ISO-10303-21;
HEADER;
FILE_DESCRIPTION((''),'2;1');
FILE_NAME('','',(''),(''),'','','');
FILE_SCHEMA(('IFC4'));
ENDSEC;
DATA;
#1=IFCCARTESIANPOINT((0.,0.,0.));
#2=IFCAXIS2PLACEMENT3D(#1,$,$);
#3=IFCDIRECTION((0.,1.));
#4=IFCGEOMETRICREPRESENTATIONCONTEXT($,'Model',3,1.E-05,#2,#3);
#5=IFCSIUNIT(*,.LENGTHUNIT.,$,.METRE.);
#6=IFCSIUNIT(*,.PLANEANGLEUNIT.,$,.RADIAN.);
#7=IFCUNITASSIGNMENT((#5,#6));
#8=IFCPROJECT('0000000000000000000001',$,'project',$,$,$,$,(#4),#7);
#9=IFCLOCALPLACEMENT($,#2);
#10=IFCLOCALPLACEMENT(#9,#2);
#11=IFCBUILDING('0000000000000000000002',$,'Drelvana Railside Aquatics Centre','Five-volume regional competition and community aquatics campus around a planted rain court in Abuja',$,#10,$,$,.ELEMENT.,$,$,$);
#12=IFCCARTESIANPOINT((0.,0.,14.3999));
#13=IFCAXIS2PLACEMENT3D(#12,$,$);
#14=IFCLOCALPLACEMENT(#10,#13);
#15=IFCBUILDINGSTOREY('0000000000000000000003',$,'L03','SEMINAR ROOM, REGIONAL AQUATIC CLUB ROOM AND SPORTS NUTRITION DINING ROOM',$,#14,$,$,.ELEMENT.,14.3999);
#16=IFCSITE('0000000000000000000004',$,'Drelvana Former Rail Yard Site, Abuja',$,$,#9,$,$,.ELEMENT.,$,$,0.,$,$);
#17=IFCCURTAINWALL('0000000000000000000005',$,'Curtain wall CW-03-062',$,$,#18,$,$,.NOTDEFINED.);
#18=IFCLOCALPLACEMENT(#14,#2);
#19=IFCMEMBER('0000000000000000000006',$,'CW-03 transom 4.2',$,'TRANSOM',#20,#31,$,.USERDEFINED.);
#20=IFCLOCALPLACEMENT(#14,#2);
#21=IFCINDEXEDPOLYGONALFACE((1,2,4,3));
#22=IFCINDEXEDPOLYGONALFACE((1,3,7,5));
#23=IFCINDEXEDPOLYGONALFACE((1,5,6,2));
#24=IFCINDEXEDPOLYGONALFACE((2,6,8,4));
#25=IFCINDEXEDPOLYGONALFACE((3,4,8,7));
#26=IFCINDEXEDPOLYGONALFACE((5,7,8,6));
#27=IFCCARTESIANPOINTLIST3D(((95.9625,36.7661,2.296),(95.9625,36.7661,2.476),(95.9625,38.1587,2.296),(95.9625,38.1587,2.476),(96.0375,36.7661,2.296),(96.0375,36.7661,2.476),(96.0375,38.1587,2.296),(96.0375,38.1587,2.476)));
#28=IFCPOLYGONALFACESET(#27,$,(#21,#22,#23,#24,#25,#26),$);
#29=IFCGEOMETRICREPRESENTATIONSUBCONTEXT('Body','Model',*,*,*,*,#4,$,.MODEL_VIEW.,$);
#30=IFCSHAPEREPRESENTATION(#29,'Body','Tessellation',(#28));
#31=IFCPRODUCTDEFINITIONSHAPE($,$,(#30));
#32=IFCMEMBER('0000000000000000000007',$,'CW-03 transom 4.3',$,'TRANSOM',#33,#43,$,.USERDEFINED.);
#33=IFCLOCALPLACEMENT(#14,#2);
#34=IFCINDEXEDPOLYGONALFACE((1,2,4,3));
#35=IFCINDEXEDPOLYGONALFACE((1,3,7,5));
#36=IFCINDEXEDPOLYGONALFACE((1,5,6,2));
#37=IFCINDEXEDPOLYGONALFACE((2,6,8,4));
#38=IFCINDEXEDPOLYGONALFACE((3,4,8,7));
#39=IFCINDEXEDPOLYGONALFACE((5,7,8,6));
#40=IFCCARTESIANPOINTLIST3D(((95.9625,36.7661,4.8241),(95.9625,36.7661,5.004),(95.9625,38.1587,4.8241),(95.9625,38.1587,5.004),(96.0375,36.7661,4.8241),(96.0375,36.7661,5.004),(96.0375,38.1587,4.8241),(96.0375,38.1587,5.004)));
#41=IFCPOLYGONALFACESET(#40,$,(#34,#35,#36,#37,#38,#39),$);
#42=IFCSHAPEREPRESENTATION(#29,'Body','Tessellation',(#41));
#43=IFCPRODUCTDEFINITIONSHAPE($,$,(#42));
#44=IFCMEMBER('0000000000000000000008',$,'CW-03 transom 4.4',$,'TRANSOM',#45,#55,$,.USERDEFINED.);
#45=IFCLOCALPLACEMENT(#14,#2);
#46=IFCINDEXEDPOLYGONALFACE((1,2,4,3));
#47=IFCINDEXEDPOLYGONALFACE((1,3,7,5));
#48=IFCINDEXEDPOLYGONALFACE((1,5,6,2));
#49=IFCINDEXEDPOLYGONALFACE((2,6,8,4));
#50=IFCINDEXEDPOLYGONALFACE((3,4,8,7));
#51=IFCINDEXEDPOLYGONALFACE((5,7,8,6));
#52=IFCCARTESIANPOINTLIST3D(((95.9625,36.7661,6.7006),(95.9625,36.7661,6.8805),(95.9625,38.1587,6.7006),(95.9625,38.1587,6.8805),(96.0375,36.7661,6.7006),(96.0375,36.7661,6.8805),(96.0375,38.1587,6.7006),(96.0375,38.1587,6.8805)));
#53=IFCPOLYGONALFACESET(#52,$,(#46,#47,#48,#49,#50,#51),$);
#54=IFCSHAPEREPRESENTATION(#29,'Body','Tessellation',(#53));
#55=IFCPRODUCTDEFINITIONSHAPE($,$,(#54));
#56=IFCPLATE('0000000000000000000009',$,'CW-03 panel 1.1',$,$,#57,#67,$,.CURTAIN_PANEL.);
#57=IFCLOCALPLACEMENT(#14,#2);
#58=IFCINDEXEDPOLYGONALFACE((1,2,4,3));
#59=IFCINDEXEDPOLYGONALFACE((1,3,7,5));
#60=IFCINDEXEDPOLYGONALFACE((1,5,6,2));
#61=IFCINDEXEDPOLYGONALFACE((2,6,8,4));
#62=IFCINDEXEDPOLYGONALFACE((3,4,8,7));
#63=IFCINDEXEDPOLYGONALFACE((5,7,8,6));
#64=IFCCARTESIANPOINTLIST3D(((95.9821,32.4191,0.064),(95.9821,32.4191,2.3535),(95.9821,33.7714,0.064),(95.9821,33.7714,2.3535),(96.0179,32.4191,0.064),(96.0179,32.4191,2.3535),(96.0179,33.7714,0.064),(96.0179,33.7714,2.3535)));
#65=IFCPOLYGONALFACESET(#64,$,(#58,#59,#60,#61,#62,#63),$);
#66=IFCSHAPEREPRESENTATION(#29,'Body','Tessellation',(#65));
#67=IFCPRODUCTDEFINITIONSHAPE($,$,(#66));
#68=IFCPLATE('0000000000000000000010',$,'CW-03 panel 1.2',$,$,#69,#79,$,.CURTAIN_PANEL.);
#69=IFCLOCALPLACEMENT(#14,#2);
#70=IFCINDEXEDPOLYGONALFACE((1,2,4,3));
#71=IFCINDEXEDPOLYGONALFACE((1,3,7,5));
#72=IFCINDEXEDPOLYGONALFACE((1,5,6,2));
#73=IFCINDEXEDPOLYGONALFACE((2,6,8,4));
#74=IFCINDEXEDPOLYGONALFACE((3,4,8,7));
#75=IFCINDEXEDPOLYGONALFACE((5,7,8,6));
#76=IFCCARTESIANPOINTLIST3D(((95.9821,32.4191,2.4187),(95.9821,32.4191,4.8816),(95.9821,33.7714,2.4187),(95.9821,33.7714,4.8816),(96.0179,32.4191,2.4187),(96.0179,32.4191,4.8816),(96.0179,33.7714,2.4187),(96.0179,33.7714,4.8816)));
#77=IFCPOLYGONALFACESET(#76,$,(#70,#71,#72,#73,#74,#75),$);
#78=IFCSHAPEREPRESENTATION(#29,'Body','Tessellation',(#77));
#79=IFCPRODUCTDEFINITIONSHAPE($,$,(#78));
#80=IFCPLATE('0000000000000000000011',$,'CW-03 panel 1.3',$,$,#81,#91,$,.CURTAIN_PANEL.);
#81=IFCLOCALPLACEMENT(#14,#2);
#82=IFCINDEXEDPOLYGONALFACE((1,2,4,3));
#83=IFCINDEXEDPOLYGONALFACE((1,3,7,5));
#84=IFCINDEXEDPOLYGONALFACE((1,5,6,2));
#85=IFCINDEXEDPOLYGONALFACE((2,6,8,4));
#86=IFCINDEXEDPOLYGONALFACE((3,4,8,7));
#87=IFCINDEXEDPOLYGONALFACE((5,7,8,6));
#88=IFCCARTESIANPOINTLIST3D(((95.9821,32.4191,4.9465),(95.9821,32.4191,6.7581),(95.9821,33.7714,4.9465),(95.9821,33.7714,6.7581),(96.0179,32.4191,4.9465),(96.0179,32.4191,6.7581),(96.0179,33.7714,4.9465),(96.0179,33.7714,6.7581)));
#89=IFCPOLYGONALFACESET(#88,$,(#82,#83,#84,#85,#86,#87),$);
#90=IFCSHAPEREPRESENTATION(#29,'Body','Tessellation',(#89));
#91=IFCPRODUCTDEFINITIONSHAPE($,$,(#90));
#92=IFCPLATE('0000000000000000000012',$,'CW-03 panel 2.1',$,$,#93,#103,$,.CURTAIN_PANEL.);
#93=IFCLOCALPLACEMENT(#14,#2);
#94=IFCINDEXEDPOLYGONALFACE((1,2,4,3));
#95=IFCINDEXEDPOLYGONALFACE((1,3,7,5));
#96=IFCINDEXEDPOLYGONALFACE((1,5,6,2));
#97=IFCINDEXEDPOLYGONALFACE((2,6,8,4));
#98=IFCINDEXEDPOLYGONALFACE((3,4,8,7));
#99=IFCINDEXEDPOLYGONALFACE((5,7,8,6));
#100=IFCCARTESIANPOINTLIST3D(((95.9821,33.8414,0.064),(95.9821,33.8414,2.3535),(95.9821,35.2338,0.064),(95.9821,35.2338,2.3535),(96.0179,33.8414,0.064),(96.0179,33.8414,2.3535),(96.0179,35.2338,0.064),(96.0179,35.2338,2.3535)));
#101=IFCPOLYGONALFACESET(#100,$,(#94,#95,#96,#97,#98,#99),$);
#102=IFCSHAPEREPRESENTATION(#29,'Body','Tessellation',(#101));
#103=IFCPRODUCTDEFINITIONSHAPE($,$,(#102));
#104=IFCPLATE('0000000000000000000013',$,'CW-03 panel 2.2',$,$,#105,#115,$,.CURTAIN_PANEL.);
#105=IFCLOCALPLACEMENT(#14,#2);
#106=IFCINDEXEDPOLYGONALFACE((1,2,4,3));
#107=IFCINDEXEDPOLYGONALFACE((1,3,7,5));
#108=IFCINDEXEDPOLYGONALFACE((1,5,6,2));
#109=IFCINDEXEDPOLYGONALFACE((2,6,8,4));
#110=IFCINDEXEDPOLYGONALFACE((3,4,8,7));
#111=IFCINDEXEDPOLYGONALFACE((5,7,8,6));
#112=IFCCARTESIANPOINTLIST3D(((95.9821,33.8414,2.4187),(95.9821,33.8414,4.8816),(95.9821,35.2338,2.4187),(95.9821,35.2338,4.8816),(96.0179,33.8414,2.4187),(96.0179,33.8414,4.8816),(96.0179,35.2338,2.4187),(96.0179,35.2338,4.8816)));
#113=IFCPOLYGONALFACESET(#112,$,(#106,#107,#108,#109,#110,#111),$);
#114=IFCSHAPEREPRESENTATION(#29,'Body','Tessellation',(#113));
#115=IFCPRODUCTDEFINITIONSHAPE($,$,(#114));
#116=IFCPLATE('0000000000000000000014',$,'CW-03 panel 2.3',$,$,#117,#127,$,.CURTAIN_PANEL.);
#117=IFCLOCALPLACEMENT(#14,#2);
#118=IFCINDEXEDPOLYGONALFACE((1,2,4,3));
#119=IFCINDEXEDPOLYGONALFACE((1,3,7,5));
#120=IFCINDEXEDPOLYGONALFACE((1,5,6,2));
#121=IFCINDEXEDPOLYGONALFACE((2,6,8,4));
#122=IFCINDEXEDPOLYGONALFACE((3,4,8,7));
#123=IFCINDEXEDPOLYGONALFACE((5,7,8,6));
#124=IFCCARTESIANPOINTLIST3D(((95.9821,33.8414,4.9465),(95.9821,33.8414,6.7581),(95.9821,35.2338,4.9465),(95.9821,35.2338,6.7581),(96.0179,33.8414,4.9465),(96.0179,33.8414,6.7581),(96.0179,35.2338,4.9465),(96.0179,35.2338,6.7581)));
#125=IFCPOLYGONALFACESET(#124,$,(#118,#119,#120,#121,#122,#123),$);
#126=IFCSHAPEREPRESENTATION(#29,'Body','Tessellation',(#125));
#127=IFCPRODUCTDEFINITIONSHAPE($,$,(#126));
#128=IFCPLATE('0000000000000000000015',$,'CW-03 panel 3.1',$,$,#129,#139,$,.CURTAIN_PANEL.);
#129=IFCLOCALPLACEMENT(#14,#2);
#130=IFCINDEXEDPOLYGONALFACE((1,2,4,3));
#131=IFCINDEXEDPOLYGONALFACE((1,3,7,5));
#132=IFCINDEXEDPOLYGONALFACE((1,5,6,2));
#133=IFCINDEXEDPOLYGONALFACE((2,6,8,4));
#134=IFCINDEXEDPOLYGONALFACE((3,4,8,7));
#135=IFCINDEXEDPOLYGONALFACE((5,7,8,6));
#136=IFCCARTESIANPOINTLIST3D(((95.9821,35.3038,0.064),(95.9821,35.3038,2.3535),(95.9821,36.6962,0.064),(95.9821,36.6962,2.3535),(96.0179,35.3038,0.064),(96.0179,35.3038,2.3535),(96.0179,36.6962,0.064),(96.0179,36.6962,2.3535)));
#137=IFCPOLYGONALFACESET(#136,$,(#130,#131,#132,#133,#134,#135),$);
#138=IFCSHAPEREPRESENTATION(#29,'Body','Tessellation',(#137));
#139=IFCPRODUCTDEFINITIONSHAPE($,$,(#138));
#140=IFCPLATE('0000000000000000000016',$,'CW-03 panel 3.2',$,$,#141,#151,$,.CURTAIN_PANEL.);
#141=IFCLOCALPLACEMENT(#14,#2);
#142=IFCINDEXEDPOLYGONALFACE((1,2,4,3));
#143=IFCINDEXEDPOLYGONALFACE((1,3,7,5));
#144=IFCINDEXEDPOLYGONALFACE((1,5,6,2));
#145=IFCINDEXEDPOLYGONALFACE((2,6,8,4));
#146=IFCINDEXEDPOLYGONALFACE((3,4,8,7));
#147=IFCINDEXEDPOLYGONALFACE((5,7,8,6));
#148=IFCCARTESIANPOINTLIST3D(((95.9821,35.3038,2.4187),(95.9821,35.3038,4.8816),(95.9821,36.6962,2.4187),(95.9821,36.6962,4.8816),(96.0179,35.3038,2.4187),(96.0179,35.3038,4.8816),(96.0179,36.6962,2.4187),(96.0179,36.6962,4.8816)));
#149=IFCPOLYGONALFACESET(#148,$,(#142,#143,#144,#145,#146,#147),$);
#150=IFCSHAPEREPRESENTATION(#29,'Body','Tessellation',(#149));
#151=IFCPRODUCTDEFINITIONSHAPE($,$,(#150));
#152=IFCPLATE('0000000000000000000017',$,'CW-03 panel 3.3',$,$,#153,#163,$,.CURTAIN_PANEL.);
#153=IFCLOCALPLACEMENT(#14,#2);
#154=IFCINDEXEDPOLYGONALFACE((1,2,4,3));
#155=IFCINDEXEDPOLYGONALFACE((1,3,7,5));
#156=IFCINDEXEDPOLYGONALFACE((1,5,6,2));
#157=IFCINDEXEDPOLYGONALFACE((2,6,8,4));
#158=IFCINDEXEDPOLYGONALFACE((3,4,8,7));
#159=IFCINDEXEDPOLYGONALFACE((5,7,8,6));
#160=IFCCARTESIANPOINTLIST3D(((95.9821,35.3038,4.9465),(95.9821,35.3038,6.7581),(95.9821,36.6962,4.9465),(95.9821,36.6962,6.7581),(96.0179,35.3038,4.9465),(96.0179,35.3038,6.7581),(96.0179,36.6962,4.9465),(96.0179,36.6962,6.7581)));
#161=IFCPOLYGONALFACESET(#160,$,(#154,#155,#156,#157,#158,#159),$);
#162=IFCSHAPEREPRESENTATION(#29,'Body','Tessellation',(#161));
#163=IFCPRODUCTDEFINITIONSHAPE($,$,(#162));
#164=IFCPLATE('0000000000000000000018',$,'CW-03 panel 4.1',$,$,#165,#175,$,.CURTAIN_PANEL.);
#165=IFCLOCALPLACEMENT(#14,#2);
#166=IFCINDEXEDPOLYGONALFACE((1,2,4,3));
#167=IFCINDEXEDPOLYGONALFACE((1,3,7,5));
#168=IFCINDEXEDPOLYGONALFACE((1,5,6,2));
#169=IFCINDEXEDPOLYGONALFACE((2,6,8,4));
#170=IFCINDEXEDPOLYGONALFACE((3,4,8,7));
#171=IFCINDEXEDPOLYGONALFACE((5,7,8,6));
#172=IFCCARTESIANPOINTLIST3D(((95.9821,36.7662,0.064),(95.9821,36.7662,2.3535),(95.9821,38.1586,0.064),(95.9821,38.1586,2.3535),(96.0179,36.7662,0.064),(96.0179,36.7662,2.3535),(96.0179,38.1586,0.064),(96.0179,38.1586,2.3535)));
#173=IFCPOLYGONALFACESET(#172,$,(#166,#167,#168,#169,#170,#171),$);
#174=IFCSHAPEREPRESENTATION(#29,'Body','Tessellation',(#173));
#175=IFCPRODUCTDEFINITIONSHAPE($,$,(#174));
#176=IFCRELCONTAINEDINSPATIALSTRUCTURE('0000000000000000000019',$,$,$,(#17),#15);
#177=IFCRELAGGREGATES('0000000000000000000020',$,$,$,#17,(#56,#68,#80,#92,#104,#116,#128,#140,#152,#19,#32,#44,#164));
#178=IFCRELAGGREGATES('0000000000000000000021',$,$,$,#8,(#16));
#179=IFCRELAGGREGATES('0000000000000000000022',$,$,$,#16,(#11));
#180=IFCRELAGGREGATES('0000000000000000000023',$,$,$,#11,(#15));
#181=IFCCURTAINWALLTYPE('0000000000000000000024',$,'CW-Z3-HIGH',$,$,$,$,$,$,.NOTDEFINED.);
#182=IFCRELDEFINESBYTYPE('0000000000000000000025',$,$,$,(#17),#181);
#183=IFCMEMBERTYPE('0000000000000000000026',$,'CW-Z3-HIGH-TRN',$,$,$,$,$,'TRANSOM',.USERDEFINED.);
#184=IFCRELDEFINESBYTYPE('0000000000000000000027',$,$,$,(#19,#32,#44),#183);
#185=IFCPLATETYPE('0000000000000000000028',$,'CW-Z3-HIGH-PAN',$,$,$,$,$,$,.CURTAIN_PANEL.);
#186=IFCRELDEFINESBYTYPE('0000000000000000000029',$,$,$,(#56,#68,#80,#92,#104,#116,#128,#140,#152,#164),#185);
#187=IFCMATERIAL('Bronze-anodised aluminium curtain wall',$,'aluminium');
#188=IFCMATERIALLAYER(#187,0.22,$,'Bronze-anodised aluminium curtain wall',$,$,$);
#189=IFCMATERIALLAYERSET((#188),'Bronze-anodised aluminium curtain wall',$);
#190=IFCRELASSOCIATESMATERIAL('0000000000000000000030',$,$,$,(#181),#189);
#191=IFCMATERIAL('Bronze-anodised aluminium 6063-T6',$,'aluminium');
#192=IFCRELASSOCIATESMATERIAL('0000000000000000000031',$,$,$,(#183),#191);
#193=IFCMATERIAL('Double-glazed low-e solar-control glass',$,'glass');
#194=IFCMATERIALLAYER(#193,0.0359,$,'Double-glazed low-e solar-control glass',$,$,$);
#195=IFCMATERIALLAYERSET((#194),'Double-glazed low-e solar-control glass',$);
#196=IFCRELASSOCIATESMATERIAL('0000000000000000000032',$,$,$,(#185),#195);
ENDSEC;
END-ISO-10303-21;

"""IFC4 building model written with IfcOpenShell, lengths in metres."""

from ifc_helpers import new_model, si_unit, direction, frame, origin, origin_2d, place, context, subcontext, project, spatial, rectangle, extrude, material, layer, layer_set, material_profile, profile_set, type_object, element, aggregate, save


model = new_model("IFC4")

# Units and contexts
model_context = context("Model", 3, precision=1e-05, world=origin(), true_north=direction((0.0, 1.0)))
body_context = subcontext(model_context, "Body", "Model", "MODEL_VIEW")
ifc_project = project(units=[si_unit("LENGTHUNIT", "METRE"), si_unit("PLANEANGLEUNIT", "RADIAN")], contexts=[model_context])

# Site, building, storey
site_placement = place(None, origin())
site = spatial("IfcSite", under=ifc_project, at=site_placement, Name="Drelvana Former Rail Yard Site, Abuja", CompositionType="ELEMENT", RefElevation=0.0)
building_placement = place(site_placement, origin())
building = spatial("IfcBuilding", under=site, at=building_placement, Name="Drelvana Railside Aquatics Centre", Description="Five-volume regional competition and community aquatics campus around a planted rain court in Abuja", CompositionType="ELEMENT")
storey_placement = place(building_placement, frame((0.0, 0.0, 14.3999)))
storey = spatial("IfcBuildingStorey", under=building, at=storey_placement, Name="L03", Description="SEMINAR ROOM, REGIONAL AQUATIC CLUB ROOM AND SPORTS NUTRITION DINING ROOM", CompositionType="ELEMENT", Elevation=14.3999)

# Curtain wall, members, plates
ifc_material_1 = material(Name="Bronze-anodised aluminium curtain wall", Category="aluminium")
ifc_layer_1 = layer(ifc_material_1, 0.22, Name="Bronze-anodised aluminium curtain wall")
ifc_layer_set_1 = layer_set([ifc_layer_1], Name="Bronze-anodised aluminium curtain wall")
curtain_wall_type = type_object("IfcCurtainWallType", Name="CW-Z3-HIGH", PredefinedType="NOTDEFINED", material=ifc_layer_set_1)
curtain_wall_placement = place(storey_placement, origin())
curtain_wall = element("IfcCurtainWall", 1, at=curtain_wall_placement, inside=storey, type_object=curtain_wall_type, Name="Curtain wall CW-03-062", PredefinedType="NOTDEFINED")
ifc_material_2 = material(Name="Bronze-anodised aluminium 6063-T6", Category="aluminium")
ifc_material_profile_1 = material_profile(ifc_material_2, rectangle(XDim=0.1799, YDim=0.075, at=origin_2d()), Name="ALU-T 75x180")
ifc_profile_set_1 = profile_set([ifc_material_profile_1], Name="Bronze-anodised aluminium 6063-T6")
member_type_1 = type_object("IfcMemberType", Name="CW-Z3-HIGH-TRN", ElementType="TRANSOM", PredefinedType="USERDEFINED", material=ifc_profile_set_1)
member_1_placement = place(storey_placement, frame((96.0, 36.7661, 2.386), z_axis=(0.0, 1.0, 0.0), x_axis=(0.0, 0.0, 1.0)))
member_1 = element("IfcMember", 2, at=member_1_placement, type_object=member_type_1, Name="CW-03 transom 4.2", ObjectType="TRANSOM", PredefinedType="USERDEFINED", context=body_context, shape_type="SweptSolid", body=[
    extrude(rectangle(XDim=0.1799, YDim=0.075, at=origin_2d()), origin(), (0.0, 0.0, 1.0), 1.3926),
])
member_2_placement = place(storey_placement, frame((96.0, 36.7661, 4.9141), z_axis=(0.0, 1.0, 0.0), x_axis=(0.0, 0.0, 1.0)))
member_2 = element("IfcMember", 3, at=member_2_placement, type_object=member_type_1, Name="CW-03 transom 4.3", ObjectType="TRANSOM", PredefinedType="USERDEFINED", context=body_context, shape_type="SweptSolid", body=[
    extrude(rectangle(XDim=0.1799, YDim=0.075, at=origin_2d()), origin(), (0.0, 0.0, 1.0), 1.3926),
])
member_3_placement = place(storey_placement, frame((96.0, 36.7661, 6.7905), z_axis=(0.0, 1.0, 0.0), x_axis=(0.0, 0.0, 1.0)))
member_3 = element("IfcMember", 4, at=member_3_placement, type_object=member_type_1, Name="CW-03 transom 4.4", ObjectType="TRANSOM", PredefinedType="USERDEFINED", context=body_context, shape_type="SweptSolid", body=[
    extrude(rectangle(XDim=0.1799, YDim=0.075, at=origin_2d()), origin(), (0.0, 0.0, 1.0), 1.3926),
])
ifc_material_3 = material(Name="Double-glazed low-e solar-control glass", Category="glass")
ifc_layer_2 = layer(ifc_material_3, 0.0359, Name="Double-glazed low-e solar-control glass")
ifc_layer_set_2 = layer_set([ifc_layer_2], Name="Double-glazed low-e solar-control glass")
plate_type = type_object("IfcPlateType", Name="CW-Z3-HIGH-PAN", PredefinedType="CURTAIN_PANEL", material=ifc_layer_set_2)
plate_1_placement = place(storey_placement, frame((96.0, 33.0952, 0.064), z_axis=(0.0, 0.0, 1.0), x_axis=(0.0, 1.0, 0.0)))
plate_1 = element("IfcPlate", 5, at=plate_1_placement, type_object=plate_type, Name="CW-03 panel 1.1", PredefinedType="CURTAIN_PANEL", context=body_context, shape_type="SweptSolid", body=[
    extrude(rectangle(XDim=1.3523, YDim=0.0359, at=origin_2d()), origin(), (0.0, 0.0, 1.0), 2.2896),
])
plate_2_placement = place(storey_placement, frame((96.0, 33.0952, 2.4187), z_axis=(0.0, 0.0, 1.0), x_axis=(0.0, 1.0, 0.0)))
plate_2 = element("IfcPlate", 6, at=plate_2_placement, type_object=plate_type, Name="CW-03 panel 1.2", PredefinedType="CURTAIN_PANEL", context=body_context, shape_type="SweptSolid", body=[
    extrude(rectangle(XDim=1.3523, YDim=0.0359, at=origin_2d()), origin(), (0.0, 0.0, 1.0), 2.4629),
])
plate_3_placement = place(storey_placement, frame((96.0, 33.0952, 4.9465), z_axis=(0.0, 0.0, 1.0), x_axis=(0.0, 1.0, 0.0)))
plate_3 = element("IfcPlate", 7, at=plate_3_placement, type_object=plate_type, Name="CW-03 panel 1.3", PredefinedType="CURTAIN_PANEL", context=body_context, shape_type="SweptSolid", body=[
    extrude(rectangle(XDim=1.3523, YDim=0.0359, at=origin_2d()), origin(), (0.0, 0.0, 1.0), 1.8115),
])
plate_4_placement = place(storey_placement, frame((96.0, 34.5376, 0.064), z_axis=(0.0, 0.0, 1.0), x_axis=(0.0, 1.0, 0.0)))
plate_4 = element("IfcPlate", 8, at=plate_4_placement, type_object=plate_type, Name="CW-03 panel 2.1", PredefinedType="CURTAIN_PANEL", context=body_context, shape_type="SweptSolid", body=[
    extrude(rectangle(XDim=1.3923, YDim=0.0359, at=origin_2d()), origin(), (0.0, 0.0, 1.0), 2.2896),
])
plate_5_placement = place(storey_placement, frame((96.0, 34.5376, 2.4187), z_axis=(0.0, 0.0, 1.0), x_axis=(0.0, 1.0, 0.0)))
plate_5 = element("IfcPlate", 9, at=plate_5_placement, type_object=plate_type, Name="CW-03 panel 2.2", PredefinedType="CURTAIN_PANEL", context=body_context, shape_type="SweptSolid", body=[
    extrude(rectangle(XDim=1.3923, YDim=0.0359, at=origin_2d()), origin(), (0.0, 0.0, 1.0), 2.4629),
])
plate_6_placement = place(storey_placement, frame((96.0, 34.5376, 4.9465), z_axis=(0.0, 0.0, 1.0), x_axis=(0.0, 1.0, 0.0)))
plate_6 = element("IfcPlate", 10, at=plate_6_placement, type_object=plate_type, Name="CW-03 panel 2.3", PredefinedType="CURTAIN_PANEL", context=body_context, shape_type="SweptSolid", body=[
    extrude(rectangle(XDim=1.3923, YDim=0.0359, at=origin_2d()), origin(), (0.0, 0.0, 1.0), 1.8115),
])
plate_7_placement = place(storey_placement, frame((96.0, 36.0, 0.064), z_axis=(0.0, 0.0, 1.0), x_axis=(0.0, 1.0, 0.0)))
plate_7 = element("IfcPlate", 11, at=plate_7_placement, type_object=plate_type, Name="CW-03 panel 3.1", PredefinedType="CURTAIN_PANEL", context=body_context, shape_type="SweptSolid", body=[
    extrude(rectangle(XDim=1.3923, YDim=0.0359, at=origin_2d()), origin(), (0.0, 0.0, 1.0), 2.2896),
])
plate_8_placement = place(storey_placement, frame((96.0, 36.0, 2.4187), z_axis=(0.0, 0.0, 1.0), x_axis=(0.0, 1.0, 0.0)))
plate_8 = element("IfcPlate", 12, at=plate_8_placement, type_object=plate_type, Name="CW-03 panel 3.2", PredefinedType="CURTAIN_PANEL", context=body_context, shape_type="SweptSolid", body=[
    extrude(rectangle(XDim=1.3923, YDim=0.0359, at=origin_2d()), origin(), (0.0, 0.0, 1.0), 2.4629),
])
plate_9_placement = place(storey_placement, frame((96.0, 36.0, 4.9465), z_axis=(0.0, 0.0, 1.0), x_axis=(0.0, 1.0, 0.0)))
plate_9 = element("IfcPlate", 13, at=plate_9_placement, type_object=plate_type, Name="CW-03 panel 3.3", PredefinedType="CURTAIN_PANEL", context=body_context, shape_type="SweptSolid", body=[
    extrude(rectangle(XDim=1.3923, YDim=0.0359, at=origin_2d()), origin(), (0.0, 0.0, 1.0), 1.8115),
])
plate_10_placement = place(storey_placement, frame((96.0, 37.4624, 0.064), z_axis=(0.0, 0.0, 1.0), x_axis=(0.0, 1.0, 0.0)))
plate_10 = element("IfcPlate", 14, at=plate_10_placement, type_object=plate_type, Name="CW-03 panel 4.1", PredefinedType="CURTAIN_PANEL", context=body_context, shape_type="SweptSolid", body=[
    extrude(rectangle(XDim=1.3923, YDim=0.0359, at=origin_2d()), origin(), (0.0, 0.0, 1.0), 2.2896),
])
aggregate(curtain_wall, [plate_1, plate_2, plate_3, plate_4, plate_5, plate_6, plate_7, plate_8, plate_9, member_1, member_2, member_3, plate_10])

save(model, "model.ifc")
